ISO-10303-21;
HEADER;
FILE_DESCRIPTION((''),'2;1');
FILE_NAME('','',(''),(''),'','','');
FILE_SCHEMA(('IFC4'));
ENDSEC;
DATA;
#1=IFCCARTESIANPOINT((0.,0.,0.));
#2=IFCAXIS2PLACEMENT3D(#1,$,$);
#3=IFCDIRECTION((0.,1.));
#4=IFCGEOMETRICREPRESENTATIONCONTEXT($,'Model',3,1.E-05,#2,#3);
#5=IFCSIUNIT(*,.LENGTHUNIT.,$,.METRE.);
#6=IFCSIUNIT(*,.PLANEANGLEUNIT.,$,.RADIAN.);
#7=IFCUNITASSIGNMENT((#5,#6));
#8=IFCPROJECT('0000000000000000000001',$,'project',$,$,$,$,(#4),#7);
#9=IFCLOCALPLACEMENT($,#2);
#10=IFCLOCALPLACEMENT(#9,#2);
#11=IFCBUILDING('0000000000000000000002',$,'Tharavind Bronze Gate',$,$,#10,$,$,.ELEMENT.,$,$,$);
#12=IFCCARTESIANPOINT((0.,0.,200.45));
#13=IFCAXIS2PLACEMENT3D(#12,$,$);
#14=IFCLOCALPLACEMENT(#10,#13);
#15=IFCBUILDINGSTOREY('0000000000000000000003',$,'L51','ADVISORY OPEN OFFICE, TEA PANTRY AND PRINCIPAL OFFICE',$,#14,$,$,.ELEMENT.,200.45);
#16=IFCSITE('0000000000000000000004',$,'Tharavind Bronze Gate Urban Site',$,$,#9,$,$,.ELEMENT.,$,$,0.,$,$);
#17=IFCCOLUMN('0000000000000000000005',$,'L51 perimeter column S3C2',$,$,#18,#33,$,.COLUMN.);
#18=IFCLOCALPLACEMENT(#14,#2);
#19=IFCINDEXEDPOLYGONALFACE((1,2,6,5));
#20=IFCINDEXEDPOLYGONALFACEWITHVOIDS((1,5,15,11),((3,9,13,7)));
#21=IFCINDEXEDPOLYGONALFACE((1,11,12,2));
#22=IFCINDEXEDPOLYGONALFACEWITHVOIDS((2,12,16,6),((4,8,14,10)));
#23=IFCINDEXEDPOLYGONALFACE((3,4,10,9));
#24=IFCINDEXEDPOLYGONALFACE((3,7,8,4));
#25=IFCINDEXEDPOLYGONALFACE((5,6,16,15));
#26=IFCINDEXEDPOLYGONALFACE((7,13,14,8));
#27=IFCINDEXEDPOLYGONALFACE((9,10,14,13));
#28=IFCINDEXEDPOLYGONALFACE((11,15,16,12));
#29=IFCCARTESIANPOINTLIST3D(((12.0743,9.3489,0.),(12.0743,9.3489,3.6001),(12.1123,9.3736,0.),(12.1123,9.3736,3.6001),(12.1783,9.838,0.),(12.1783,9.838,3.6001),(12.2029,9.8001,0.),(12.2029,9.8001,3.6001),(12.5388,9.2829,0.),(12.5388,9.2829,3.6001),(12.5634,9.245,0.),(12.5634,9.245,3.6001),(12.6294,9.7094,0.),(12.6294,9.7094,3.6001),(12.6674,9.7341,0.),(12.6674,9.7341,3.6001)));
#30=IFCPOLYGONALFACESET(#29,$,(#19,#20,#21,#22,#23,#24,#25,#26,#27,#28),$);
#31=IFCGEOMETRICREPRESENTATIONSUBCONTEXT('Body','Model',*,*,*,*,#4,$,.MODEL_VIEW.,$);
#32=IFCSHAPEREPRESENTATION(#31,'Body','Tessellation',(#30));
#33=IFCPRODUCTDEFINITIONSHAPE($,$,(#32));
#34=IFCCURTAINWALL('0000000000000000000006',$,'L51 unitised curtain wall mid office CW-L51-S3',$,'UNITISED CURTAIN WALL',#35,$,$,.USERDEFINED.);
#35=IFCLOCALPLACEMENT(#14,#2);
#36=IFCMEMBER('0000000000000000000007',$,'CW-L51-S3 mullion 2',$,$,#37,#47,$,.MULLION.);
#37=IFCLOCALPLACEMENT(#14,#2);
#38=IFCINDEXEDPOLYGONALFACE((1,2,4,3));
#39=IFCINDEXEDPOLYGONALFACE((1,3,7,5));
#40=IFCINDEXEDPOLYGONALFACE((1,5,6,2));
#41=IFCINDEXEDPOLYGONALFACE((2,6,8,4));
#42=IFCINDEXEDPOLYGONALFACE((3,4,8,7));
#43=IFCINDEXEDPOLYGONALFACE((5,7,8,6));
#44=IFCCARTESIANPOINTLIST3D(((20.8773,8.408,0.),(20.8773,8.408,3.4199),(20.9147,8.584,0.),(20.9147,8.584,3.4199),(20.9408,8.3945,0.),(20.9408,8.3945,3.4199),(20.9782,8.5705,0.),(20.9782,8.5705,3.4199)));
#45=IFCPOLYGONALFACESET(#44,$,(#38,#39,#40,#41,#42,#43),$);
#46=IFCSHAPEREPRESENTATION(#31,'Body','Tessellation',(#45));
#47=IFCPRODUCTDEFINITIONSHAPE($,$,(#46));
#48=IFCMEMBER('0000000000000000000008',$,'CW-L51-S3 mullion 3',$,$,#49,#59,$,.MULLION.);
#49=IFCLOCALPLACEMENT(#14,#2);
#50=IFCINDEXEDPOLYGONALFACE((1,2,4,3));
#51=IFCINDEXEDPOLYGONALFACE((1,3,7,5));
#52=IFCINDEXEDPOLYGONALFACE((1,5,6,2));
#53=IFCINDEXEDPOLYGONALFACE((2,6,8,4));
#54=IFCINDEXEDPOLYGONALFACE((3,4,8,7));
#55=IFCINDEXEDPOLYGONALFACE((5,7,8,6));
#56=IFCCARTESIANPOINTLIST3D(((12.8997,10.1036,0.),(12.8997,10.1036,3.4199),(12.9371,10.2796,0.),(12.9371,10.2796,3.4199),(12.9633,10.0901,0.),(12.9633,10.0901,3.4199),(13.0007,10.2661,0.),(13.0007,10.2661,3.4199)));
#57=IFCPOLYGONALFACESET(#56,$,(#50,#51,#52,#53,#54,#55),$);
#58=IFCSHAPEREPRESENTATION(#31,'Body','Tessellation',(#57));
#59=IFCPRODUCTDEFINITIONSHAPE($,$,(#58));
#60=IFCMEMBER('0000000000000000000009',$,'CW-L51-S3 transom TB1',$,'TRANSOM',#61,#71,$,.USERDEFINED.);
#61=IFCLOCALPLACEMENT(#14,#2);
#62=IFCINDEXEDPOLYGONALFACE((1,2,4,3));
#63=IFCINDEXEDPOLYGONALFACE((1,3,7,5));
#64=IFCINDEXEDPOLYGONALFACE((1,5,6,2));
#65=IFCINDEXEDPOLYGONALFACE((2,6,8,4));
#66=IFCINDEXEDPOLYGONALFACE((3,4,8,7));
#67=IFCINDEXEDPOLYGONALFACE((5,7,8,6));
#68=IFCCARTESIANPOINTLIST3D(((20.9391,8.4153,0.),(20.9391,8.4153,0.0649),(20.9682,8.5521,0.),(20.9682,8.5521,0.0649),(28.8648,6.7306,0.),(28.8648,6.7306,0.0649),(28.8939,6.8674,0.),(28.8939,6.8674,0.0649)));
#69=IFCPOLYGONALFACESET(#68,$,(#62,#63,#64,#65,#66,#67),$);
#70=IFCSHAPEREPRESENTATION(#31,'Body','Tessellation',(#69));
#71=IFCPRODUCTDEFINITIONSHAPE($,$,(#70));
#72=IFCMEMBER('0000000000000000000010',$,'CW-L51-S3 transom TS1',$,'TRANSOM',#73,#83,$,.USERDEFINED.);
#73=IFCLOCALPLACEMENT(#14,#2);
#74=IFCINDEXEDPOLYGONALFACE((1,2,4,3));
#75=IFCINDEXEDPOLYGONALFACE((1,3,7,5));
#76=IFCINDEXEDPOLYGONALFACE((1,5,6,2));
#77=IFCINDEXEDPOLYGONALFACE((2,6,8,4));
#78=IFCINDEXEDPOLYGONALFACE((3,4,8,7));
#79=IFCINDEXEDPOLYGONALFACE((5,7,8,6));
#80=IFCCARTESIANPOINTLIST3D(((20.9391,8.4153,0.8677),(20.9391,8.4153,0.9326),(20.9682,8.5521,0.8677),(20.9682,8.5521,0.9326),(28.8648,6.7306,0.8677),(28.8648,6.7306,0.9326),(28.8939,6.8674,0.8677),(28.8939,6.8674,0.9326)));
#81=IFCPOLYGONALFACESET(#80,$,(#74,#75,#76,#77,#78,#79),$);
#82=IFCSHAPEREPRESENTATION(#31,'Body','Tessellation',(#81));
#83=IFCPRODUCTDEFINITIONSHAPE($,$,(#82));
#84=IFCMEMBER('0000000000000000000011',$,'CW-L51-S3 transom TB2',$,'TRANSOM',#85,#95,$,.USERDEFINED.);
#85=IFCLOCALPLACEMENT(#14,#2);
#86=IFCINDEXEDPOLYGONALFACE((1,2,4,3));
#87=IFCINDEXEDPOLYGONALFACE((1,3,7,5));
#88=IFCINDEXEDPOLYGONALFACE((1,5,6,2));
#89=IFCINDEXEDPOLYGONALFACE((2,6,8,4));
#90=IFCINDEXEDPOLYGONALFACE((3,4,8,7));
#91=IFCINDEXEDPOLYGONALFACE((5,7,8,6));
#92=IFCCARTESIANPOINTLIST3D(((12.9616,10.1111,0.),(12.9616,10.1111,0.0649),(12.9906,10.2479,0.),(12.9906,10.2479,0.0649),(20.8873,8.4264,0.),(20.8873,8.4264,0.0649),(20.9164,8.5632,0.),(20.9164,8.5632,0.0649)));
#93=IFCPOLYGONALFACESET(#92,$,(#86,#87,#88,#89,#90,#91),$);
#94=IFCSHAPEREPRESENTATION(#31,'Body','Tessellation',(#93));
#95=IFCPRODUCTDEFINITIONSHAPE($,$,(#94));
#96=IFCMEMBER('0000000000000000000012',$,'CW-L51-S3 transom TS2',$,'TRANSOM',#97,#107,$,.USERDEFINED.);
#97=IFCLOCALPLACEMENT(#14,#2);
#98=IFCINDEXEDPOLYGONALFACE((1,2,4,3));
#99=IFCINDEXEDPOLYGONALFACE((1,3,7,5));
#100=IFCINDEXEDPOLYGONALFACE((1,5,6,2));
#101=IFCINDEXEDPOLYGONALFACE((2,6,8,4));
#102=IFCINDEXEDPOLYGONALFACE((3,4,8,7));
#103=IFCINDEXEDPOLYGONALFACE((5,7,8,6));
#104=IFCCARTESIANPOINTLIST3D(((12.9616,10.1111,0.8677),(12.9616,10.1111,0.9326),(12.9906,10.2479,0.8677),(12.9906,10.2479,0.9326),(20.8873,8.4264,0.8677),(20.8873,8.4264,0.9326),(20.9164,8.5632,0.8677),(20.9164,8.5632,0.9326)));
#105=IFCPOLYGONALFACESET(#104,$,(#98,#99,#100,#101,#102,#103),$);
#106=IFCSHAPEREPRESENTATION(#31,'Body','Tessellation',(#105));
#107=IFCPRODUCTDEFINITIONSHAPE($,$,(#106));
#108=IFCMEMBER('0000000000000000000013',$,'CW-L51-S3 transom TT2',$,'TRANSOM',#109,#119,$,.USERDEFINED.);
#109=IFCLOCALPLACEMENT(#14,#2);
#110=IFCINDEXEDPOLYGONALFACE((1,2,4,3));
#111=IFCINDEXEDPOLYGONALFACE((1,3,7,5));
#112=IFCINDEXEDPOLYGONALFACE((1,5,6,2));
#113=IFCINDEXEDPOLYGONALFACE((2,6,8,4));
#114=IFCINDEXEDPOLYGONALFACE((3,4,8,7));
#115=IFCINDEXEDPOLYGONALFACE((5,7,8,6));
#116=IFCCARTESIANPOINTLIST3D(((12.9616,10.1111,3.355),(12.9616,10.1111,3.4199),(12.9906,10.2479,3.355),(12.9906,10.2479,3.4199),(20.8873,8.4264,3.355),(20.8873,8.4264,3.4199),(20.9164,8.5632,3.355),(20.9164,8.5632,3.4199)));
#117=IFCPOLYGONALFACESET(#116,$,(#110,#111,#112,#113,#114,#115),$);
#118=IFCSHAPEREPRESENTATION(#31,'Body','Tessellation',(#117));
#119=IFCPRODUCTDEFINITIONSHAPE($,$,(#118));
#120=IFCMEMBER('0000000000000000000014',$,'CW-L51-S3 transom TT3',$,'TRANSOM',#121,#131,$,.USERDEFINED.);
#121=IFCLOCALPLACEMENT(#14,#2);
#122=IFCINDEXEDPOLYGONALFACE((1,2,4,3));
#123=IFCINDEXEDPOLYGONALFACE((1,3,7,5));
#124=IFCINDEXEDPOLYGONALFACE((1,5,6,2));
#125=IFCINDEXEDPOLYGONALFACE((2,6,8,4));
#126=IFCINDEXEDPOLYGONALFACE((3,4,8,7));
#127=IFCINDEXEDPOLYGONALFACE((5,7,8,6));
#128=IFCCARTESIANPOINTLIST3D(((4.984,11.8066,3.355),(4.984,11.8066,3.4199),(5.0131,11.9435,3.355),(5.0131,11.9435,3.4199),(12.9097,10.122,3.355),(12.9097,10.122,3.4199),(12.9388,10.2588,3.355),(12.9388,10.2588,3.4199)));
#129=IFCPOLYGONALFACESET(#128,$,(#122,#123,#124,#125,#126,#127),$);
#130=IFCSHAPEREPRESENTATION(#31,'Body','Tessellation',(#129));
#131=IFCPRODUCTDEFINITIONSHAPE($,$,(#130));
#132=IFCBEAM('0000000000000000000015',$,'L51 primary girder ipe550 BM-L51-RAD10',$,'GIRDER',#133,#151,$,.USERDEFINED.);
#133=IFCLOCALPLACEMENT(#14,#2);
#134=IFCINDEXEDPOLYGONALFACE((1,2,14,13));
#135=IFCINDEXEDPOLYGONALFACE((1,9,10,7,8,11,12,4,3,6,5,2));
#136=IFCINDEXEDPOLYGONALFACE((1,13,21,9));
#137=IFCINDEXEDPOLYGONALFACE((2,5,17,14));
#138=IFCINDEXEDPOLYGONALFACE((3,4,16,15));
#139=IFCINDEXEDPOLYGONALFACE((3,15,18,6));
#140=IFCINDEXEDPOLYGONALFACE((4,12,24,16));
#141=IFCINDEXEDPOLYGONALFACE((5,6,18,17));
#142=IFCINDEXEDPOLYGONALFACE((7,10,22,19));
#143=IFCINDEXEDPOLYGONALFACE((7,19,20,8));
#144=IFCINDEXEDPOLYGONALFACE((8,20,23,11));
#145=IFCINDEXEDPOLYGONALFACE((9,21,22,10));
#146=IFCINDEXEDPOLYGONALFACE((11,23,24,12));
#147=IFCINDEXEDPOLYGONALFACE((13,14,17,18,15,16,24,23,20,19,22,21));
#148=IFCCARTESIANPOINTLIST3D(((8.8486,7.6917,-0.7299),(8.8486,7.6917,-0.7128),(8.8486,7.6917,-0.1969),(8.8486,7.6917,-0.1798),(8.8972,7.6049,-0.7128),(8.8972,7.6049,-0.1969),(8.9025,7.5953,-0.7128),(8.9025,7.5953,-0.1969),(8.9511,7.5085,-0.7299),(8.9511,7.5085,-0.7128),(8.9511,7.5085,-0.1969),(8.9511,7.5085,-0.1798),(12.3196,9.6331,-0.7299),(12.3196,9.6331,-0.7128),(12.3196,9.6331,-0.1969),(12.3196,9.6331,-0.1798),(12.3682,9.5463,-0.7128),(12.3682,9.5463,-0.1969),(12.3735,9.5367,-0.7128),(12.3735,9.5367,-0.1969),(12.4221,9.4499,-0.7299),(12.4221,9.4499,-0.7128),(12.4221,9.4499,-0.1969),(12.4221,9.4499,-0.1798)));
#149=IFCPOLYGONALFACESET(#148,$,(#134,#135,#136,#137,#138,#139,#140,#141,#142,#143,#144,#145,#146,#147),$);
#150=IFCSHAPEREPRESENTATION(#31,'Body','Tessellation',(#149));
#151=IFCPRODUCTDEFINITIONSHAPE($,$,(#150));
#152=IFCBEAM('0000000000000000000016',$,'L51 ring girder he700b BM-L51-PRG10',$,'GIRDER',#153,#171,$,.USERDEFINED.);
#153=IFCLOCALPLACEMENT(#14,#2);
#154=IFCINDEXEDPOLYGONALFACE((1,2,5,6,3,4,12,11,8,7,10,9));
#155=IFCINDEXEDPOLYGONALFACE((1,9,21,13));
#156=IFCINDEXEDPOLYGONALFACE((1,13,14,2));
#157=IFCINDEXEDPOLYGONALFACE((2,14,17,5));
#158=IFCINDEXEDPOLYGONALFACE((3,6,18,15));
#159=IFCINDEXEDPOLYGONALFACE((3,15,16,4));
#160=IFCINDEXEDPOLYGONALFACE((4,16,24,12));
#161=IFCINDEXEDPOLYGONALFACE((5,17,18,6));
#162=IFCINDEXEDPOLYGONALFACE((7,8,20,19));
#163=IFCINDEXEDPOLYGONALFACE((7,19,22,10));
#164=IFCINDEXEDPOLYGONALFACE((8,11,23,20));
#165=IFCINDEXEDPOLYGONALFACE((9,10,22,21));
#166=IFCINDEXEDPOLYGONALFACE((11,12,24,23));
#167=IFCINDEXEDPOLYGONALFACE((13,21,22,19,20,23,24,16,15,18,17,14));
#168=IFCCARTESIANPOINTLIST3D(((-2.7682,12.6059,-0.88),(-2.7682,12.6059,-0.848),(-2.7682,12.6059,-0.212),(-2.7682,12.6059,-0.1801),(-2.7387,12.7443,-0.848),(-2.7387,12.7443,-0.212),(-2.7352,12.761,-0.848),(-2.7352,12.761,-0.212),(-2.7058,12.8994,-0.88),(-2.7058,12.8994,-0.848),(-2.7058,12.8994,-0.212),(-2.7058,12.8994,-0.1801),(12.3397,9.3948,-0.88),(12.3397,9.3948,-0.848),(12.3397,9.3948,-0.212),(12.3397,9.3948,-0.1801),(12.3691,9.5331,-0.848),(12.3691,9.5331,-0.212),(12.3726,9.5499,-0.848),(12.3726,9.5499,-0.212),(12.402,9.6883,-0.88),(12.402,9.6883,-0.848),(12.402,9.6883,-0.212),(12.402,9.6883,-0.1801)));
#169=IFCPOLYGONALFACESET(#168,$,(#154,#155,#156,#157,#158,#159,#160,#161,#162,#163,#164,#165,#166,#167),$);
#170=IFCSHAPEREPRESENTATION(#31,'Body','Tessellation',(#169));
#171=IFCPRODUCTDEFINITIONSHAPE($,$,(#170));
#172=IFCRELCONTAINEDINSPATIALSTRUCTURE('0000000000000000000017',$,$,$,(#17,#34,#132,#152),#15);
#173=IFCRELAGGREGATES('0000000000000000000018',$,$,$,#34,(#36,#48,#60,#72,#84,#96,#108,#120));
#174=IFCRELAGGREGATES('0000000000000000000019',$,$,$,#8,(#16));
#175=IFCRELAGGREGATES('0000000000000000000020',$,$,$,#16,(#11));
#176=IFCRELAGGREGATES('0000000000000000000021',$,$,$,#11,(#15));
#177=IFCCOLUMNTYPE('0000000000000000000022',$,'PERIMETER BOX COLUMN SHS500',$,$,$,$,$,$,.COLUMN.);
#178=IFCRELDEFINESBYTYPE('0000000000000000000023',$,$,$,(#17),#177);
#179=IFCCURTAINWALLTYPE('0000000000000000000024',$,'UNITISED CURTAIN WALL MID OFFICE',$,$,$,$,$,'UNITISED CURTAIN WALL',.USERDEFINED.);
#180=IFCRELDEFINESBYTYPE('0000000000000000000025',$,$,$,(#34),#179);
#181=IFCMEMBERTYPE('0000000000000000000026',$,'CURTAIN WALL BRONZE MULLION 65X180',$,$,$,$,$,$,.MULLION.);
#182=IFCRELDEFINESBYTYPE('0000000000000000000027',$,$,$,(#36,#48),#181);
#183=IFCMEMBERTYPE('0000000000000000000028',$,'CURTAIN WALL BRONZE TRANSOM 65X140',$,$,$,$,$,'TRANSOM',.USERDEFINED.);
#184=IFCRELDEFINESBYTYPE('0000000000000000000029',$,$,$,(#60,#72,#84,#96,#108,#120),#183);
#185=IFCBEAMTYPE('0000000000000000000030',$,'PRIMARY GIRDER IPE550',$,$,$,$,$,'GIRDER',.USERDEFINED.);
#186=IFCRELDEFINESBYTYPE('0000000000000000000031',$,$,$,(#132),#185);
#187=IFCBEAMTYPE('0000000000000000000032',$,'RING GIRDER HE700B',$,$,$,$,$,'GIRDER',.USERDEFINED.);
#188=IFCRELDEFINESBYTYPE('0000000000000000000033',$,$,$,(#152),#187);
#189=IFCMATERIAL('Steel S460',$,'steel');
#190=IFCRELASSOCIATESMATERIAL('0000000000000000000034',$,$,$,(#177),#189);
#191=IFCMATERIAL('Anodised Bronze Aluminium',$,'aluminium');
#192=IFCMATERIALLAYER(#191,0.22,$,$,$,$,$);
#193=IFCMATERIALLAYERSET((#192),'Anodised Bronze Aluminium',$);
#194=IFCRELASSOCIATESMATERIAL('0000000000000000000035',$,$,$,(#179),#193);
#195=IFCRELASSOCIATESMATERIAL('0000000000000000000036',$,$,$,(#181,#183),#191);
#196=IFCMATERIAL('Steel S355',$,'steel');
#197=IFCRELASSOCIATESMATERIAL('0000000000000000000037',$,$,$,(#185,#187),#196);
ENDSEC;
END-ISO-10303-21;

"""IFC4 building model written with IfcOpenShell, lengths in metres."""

from ifc_helpers import new_model, si_unit, direction, frame, origin, origin_2d, place, context, subcontext, project, spatial, rectangle, hollow_rectangle, i_section, extrude, material, layer, layer_set, material_profile, profile_set, type_object, element, aggregate, save


model = new_model("IFC4")

# Units and contexts
model_context = context("Model", 3, precision=1e-05, world=origin(), true_north=direction((0.0, 1.0)))
body_context = subcontext(model_context, "Body", "Model", "MODEL_VIEW")
ifc_project = project(units=[si_unit("LENGTHUNIT", "METRE"), si_unit("PLANEANGLEUNIT", "RADIAN")], contexts=[model_context])

# Site, building, storey
site_placement = place(None, origin())
site = spatial("IfcSite", under=ifc_project, at=site_placement, Name="Tharavind Bronze Gate Urban Site", CompositionType="ELEMENT", RefElevation=0.0)
building_placement = place(site_placement, origin())
building = spatial("IfcBuilding", under=site, at=building_placement, Name="Tharavind Bronze Gate", CompositionType="ELEMENT")
storey_placement = place(building_placement, frame((0.0, 0.0, 200.45)))
storey = spatial("IfcBuildingStorey", under=building, at=storey_placement, Name="L51", Description="ADVISORY OPEN OFFICE, TEA PANTRY AND PRINCIPAL OFFICE", CompositionType="ELEMENT", Elevation=200.45)

# Column
ifc_material_1 = material(Name="Steel S460", Category="steel")
ifc_material_profile_1 = material_profile(ifc_material_1, hollow_rectangle(XDim=0.5, YDim=0.5, WallThickness=0.032, at=origin_2d()), Name="SHS500X32")
ifc_profile_set_1 = profile_set([ifc_material_profile_1], Name="Steel S460")
column_type = type_object("IfcColumnType", Name="PERIMETER BOX COLUMN SHS500", PredefinedType="COLUMN", material=ifc_profile_set_1)
column_placement = place(storey_placement, frame((12.3708, 9.5415, 0.0), z_axis=(0.0, 0.0, 1.0), x_axis=(-0.978148, 0.207912, 0.0)))
element("IfcColumn", 1, at=column_placement, inside=storey, type_object=column_type, Name="L51 perimeter column S3C2", PredefinedType="COLUMN", context=body_context, shape_type="SweptSolid", body=[
    extrude(hollow_rectangle(XDim=0.5, YDim=0.5, WallThickness=0.032, at=origin_2d()), origin(), (0.0, 0.0, 1.0), 3.6001),
])

# Curtain wall, members
ifc_material_2 = material(Name="Anodised Bronze Aluminium", Category="aluminium")
ifc_layer_1 = layer(ifc_material_2, 0.22)
ifc_layer_set_1 = layer_set([ifc_layer_1], Name="Anodised Bronze Aluminium")
curtain_wall_type = type_object("IfcCurtainWallType", Name="UNITISED CURTAIN WALL MID OFFICE", ElementType="UNITISED CURTAIN WALL", PredefinedType="USERDEFINED", material=ifc_layer_set_1)
curtain_wall_placement = place(storey_placement, origin())
curtain_wall = element("IfcCurtainWall", 2, at=curtain_wall_placement, inside=storey, type_object=curtain_wall_type, Name="L51 unitised curtain wall mid office CW-L51-S3", ObjectType="UNITISED CURTAIN WALL", PredefinedType="USERDEFINED")
member_type_1 = type_object("IfcMemberType", Name="CURTAIN WALL BRONZE MULLION 65X180", PredefinedType="MULLION", material=ifc_material_2)
member_1_placement = place(storey_placement, frame((20.9277, 8.4893, 0.0), z_axis=(0.0, 0.0, 1.0), x_axis=(-0.978148, 0.207912, 0.0)))
member_1 = element("IfcMember", 3, at=member_1_placement, type_object=member_type_1, Name="CW-L51-S3 mullion 2", PredefinedType="MULLION", context=body_context, shape_type="SweptSolid", body=[
    extrude(rectangle(XDim=0.0649, YDim=0.1799, at=origin_2d()), origin(), (0.0, 0.0, 1.0), 3.4199),
])
member_2_placement = place(storey_placement, frame((12.9502, 10.1848, 0.0), z_axis=(0.0, 0.0, 1.0), x_axis=(-0.978148, 0.207912, 0.0)))
member_2 = element("IfcMember", 4, at=member_2_placement, type_object=member_type_1, Name="CW-L51-S3 mullion 3", PredefinedType="MULLION", context=body_context, shape_type="SweptSolid", body=[
    extrude(rectangle(XDim=0.0649, YDim=0.1799, at=origin_2d()), origin(), (0.0, 0.0, 1.0), 3.4199),
])
member_type_2 = type_object("IfcMemberType", Name="CURTAIN WALL BRONZE TRANSOM 65X140", ElementType="TRANSOM", PredefinedType="USERDEFINED", material=ifc_material_2)
member_3_placement = place(storey_placement, frame((24.9165, 7.6414, 0.0), z_axis=(0.0, 0.0, 1.0), x_axis=(-0.978148, 0.207912, 0.0)))
member_3 = element("IfcMember", 5, at=member_3_placement, type_object=member_type_2, Name="CW-L51-S3 transom TB1", ObjectType="TRANSOM", PredefinedType="USERDEFINED", context=body_context, shape_type="SweptSolid", body=[
    extrude(rectangle(XDim=8.1028, YDim=0.1399, at=origin_2d()), origin(), (0.0, 0.0, 1.0), 0.0649),
])
member_4_placement = place(storey_placement, frame((24.9165, 7.6414, 0.8677), z_axis=(0.0, 0.0, 1.0), x_axis=(-0.978148, 0.207912, 0.0)))
member_4 = element("IfcMember", 6, at=member_4_placement, type_object=member_type_2, Name="CW-L51-S3 transom TS1", ObjectType="TRANSOM", PredefinedType="USERDEFINED", context=body_context, shape_type="SweptSolid", body=[
    extrude(rectangle(XDim=8.1028, YDim=0.1399, at=origin_2d()), origin(), (0.0, 0.0, 1.0), 0.0649),
])
member_5_placement = place(storey_placement, frame((16.939, 9.3372, 0.0), z_axis=(0.0, 0.0, 1.0), x_axis=(-0.978148, 0.207912, 0.0)))
member_5 = element("IfcMember", 7, at=member_5_placement, type_object=member_type_2, Name="CW-L51-S3 transom TB2", ObjectType="TRANSOM", PredefinedType="USERDEFINED", context=body_context, shape_type="SweptSolid", body=[
    extrude(rectangle(XDim=8.1028, YDim=0.1399, at=origin_2d()), origin(), (0.0, 0.0, 1.0), 0.0649),
])
member_6_placement = place(storey_placement, frame((16.939, 9.3372, 0.8677), z_axis=(0.0, 0.0, 1.0), x_axis=(-0.978148, 0.207912, 0.0)))
member_6 = element("IfcMember", 8, at=member_6_placement, type_object=member_type_2, Name="CW-L51-S3 transom TS2", ObjectType="TRANSOM", PredefinedType="USERDEFINED", context=body_context, shape_type="SweptSolid", body=[
    extrude(rectangle(XDim=8.1028, YDim=0.1399, at=origin_2d()), origin(), (0.0, 0.0, 1.0), 0.0649),
])
member_7_placement = place(storey_placement, frame((16.939, 9.3372, 3.355), z_axis=(0.0, 0.0, 1.0), x_axis=(-0.978148, 0.207912, 0.0)))
member_7 = element("IfcMember", 9, at=member_7_placement, type_object=member_type_2, Name="CW-L51-S3 transom TT2", ObjectType="TRANSOM", PredefinedType="USERDEFINED", context=body_context, shape_type="SweptSolid", body=[
    extrude(rectangle(XDim=8.1028, YDim=0.1399, at=origin_2d()), origin(), (0.0, 0.0, 1.0), 0.0649),
])
member_8_placement = place(storey_placement, frame((8.9614, 11.0327, 3.355), z_axis=(0.0, 0.0, 1.0), x_axis=(-0.978148, 0.207912, 0.0)))
member_8 = element("IfcMember", 10, at=member_8_placement, type_object=member_type_2, Name="CW-L51-S3 transom TT3", ObjectType="TRANSOM", PredefinedType="USERDEFINED", context=body_context, shape_type="SweptSolid", body=[
    extrude(rectangle(XDim=8.1028, YDim=0.1399, at=origin_2d()), origin(), (0.0, 0.0, 1.0), 0.0649),
])

# Beams
ifc_material_3 = material(Name="Steel S355", Category="steel")
ifc_material_profile_2 = material_profile(ifc_material_3, i_section(OverallWidth=0.21, OverallDepth=0.55, WebThickness=0.011, FlangeThickness=0.0171, at=origin_2d()), Name="IPE550")
ifc_profile_set_2 = profile_set([ifc_material_profile_2], Name="Steel S355")
beam_type_1 = type_object("IfcBeamType", Name="PRIMARY GIRDER IPE550", ElementType="GIRDER", PredefinedType="USERDEFINED", material=ifc_profile_set_2)
beam_1_placement = place(storey_placement, frame((12.3708, 9.5415, -0.4548), z_axis=(-0.872755, -0.488158, 0.0), x_axis=(0.488158, -0.872755, 0.0)))
element("IfcBeam", 11, at=beam_1_placement, inside=storey, type_object=beam_type_1, Name="L51 primary girder ipe550 BM-L51-RAD10", ObjectType="GIRDER", PredefinedType="USERDEFINED", context=body_context, shape_type="SweptSolid", body=[
    extrude(i_section(OverallWidth=0.21, OverallDepth=0.55, WebThickness=0.011, FlangeThickness=0.0171, at=origin_2d()), origin(), (0.0, 0.0, 1.0), 3.9771),
])
ifc_material_profile_3 = material_profile(ifc_material_3, i_section(OverallWidth=0.3, OverallDepth=0.7, WebThickness=0.0171, FlangeThickness=0.032, at=origin_2d()), Name="HE700B")
ifc_profile_set_3 = profile_set([ifc_material_profile_3], Name="Steel S355")
beam_type_2 = type_object("IfcBeamType", Name="RING GIRDER HE700B", ElementType="GIRDER", PredefinedType="USERDEFINED", material=ifc_profile_set_3)
beam_2_placement = place(storey_placement, frame((12.3708, 9.5415, -0.53), z_axis=(-0.978149, 0.207905, 0.0), x_axis=(-0.207905, -0.978149, 0.0)))
element("IfcBeam", 12, at=beam_2_placement, inside=storey, type_object=beam_type_2, Name="L51 ring girder he700b BM-L51-PRG10", ObjectType="GIRDER", PredefinedType="USERDEFINED", context=body_context, shape_type="SweptSolid", body=[
    extrude(i_section(OverallWidth=0.3, OverallDepth=0.7, WebThickness=0.0171, FlangeThickness=0.032, at=origin_2d()), origin(), (0.0, 0.0, 1.0), 15.4453),
])

aggregate(curtain_wall, [member_1, member_2, member_3, member_4, member_5, member_6, member_7, member_8])

save(model, "model.ifc")
